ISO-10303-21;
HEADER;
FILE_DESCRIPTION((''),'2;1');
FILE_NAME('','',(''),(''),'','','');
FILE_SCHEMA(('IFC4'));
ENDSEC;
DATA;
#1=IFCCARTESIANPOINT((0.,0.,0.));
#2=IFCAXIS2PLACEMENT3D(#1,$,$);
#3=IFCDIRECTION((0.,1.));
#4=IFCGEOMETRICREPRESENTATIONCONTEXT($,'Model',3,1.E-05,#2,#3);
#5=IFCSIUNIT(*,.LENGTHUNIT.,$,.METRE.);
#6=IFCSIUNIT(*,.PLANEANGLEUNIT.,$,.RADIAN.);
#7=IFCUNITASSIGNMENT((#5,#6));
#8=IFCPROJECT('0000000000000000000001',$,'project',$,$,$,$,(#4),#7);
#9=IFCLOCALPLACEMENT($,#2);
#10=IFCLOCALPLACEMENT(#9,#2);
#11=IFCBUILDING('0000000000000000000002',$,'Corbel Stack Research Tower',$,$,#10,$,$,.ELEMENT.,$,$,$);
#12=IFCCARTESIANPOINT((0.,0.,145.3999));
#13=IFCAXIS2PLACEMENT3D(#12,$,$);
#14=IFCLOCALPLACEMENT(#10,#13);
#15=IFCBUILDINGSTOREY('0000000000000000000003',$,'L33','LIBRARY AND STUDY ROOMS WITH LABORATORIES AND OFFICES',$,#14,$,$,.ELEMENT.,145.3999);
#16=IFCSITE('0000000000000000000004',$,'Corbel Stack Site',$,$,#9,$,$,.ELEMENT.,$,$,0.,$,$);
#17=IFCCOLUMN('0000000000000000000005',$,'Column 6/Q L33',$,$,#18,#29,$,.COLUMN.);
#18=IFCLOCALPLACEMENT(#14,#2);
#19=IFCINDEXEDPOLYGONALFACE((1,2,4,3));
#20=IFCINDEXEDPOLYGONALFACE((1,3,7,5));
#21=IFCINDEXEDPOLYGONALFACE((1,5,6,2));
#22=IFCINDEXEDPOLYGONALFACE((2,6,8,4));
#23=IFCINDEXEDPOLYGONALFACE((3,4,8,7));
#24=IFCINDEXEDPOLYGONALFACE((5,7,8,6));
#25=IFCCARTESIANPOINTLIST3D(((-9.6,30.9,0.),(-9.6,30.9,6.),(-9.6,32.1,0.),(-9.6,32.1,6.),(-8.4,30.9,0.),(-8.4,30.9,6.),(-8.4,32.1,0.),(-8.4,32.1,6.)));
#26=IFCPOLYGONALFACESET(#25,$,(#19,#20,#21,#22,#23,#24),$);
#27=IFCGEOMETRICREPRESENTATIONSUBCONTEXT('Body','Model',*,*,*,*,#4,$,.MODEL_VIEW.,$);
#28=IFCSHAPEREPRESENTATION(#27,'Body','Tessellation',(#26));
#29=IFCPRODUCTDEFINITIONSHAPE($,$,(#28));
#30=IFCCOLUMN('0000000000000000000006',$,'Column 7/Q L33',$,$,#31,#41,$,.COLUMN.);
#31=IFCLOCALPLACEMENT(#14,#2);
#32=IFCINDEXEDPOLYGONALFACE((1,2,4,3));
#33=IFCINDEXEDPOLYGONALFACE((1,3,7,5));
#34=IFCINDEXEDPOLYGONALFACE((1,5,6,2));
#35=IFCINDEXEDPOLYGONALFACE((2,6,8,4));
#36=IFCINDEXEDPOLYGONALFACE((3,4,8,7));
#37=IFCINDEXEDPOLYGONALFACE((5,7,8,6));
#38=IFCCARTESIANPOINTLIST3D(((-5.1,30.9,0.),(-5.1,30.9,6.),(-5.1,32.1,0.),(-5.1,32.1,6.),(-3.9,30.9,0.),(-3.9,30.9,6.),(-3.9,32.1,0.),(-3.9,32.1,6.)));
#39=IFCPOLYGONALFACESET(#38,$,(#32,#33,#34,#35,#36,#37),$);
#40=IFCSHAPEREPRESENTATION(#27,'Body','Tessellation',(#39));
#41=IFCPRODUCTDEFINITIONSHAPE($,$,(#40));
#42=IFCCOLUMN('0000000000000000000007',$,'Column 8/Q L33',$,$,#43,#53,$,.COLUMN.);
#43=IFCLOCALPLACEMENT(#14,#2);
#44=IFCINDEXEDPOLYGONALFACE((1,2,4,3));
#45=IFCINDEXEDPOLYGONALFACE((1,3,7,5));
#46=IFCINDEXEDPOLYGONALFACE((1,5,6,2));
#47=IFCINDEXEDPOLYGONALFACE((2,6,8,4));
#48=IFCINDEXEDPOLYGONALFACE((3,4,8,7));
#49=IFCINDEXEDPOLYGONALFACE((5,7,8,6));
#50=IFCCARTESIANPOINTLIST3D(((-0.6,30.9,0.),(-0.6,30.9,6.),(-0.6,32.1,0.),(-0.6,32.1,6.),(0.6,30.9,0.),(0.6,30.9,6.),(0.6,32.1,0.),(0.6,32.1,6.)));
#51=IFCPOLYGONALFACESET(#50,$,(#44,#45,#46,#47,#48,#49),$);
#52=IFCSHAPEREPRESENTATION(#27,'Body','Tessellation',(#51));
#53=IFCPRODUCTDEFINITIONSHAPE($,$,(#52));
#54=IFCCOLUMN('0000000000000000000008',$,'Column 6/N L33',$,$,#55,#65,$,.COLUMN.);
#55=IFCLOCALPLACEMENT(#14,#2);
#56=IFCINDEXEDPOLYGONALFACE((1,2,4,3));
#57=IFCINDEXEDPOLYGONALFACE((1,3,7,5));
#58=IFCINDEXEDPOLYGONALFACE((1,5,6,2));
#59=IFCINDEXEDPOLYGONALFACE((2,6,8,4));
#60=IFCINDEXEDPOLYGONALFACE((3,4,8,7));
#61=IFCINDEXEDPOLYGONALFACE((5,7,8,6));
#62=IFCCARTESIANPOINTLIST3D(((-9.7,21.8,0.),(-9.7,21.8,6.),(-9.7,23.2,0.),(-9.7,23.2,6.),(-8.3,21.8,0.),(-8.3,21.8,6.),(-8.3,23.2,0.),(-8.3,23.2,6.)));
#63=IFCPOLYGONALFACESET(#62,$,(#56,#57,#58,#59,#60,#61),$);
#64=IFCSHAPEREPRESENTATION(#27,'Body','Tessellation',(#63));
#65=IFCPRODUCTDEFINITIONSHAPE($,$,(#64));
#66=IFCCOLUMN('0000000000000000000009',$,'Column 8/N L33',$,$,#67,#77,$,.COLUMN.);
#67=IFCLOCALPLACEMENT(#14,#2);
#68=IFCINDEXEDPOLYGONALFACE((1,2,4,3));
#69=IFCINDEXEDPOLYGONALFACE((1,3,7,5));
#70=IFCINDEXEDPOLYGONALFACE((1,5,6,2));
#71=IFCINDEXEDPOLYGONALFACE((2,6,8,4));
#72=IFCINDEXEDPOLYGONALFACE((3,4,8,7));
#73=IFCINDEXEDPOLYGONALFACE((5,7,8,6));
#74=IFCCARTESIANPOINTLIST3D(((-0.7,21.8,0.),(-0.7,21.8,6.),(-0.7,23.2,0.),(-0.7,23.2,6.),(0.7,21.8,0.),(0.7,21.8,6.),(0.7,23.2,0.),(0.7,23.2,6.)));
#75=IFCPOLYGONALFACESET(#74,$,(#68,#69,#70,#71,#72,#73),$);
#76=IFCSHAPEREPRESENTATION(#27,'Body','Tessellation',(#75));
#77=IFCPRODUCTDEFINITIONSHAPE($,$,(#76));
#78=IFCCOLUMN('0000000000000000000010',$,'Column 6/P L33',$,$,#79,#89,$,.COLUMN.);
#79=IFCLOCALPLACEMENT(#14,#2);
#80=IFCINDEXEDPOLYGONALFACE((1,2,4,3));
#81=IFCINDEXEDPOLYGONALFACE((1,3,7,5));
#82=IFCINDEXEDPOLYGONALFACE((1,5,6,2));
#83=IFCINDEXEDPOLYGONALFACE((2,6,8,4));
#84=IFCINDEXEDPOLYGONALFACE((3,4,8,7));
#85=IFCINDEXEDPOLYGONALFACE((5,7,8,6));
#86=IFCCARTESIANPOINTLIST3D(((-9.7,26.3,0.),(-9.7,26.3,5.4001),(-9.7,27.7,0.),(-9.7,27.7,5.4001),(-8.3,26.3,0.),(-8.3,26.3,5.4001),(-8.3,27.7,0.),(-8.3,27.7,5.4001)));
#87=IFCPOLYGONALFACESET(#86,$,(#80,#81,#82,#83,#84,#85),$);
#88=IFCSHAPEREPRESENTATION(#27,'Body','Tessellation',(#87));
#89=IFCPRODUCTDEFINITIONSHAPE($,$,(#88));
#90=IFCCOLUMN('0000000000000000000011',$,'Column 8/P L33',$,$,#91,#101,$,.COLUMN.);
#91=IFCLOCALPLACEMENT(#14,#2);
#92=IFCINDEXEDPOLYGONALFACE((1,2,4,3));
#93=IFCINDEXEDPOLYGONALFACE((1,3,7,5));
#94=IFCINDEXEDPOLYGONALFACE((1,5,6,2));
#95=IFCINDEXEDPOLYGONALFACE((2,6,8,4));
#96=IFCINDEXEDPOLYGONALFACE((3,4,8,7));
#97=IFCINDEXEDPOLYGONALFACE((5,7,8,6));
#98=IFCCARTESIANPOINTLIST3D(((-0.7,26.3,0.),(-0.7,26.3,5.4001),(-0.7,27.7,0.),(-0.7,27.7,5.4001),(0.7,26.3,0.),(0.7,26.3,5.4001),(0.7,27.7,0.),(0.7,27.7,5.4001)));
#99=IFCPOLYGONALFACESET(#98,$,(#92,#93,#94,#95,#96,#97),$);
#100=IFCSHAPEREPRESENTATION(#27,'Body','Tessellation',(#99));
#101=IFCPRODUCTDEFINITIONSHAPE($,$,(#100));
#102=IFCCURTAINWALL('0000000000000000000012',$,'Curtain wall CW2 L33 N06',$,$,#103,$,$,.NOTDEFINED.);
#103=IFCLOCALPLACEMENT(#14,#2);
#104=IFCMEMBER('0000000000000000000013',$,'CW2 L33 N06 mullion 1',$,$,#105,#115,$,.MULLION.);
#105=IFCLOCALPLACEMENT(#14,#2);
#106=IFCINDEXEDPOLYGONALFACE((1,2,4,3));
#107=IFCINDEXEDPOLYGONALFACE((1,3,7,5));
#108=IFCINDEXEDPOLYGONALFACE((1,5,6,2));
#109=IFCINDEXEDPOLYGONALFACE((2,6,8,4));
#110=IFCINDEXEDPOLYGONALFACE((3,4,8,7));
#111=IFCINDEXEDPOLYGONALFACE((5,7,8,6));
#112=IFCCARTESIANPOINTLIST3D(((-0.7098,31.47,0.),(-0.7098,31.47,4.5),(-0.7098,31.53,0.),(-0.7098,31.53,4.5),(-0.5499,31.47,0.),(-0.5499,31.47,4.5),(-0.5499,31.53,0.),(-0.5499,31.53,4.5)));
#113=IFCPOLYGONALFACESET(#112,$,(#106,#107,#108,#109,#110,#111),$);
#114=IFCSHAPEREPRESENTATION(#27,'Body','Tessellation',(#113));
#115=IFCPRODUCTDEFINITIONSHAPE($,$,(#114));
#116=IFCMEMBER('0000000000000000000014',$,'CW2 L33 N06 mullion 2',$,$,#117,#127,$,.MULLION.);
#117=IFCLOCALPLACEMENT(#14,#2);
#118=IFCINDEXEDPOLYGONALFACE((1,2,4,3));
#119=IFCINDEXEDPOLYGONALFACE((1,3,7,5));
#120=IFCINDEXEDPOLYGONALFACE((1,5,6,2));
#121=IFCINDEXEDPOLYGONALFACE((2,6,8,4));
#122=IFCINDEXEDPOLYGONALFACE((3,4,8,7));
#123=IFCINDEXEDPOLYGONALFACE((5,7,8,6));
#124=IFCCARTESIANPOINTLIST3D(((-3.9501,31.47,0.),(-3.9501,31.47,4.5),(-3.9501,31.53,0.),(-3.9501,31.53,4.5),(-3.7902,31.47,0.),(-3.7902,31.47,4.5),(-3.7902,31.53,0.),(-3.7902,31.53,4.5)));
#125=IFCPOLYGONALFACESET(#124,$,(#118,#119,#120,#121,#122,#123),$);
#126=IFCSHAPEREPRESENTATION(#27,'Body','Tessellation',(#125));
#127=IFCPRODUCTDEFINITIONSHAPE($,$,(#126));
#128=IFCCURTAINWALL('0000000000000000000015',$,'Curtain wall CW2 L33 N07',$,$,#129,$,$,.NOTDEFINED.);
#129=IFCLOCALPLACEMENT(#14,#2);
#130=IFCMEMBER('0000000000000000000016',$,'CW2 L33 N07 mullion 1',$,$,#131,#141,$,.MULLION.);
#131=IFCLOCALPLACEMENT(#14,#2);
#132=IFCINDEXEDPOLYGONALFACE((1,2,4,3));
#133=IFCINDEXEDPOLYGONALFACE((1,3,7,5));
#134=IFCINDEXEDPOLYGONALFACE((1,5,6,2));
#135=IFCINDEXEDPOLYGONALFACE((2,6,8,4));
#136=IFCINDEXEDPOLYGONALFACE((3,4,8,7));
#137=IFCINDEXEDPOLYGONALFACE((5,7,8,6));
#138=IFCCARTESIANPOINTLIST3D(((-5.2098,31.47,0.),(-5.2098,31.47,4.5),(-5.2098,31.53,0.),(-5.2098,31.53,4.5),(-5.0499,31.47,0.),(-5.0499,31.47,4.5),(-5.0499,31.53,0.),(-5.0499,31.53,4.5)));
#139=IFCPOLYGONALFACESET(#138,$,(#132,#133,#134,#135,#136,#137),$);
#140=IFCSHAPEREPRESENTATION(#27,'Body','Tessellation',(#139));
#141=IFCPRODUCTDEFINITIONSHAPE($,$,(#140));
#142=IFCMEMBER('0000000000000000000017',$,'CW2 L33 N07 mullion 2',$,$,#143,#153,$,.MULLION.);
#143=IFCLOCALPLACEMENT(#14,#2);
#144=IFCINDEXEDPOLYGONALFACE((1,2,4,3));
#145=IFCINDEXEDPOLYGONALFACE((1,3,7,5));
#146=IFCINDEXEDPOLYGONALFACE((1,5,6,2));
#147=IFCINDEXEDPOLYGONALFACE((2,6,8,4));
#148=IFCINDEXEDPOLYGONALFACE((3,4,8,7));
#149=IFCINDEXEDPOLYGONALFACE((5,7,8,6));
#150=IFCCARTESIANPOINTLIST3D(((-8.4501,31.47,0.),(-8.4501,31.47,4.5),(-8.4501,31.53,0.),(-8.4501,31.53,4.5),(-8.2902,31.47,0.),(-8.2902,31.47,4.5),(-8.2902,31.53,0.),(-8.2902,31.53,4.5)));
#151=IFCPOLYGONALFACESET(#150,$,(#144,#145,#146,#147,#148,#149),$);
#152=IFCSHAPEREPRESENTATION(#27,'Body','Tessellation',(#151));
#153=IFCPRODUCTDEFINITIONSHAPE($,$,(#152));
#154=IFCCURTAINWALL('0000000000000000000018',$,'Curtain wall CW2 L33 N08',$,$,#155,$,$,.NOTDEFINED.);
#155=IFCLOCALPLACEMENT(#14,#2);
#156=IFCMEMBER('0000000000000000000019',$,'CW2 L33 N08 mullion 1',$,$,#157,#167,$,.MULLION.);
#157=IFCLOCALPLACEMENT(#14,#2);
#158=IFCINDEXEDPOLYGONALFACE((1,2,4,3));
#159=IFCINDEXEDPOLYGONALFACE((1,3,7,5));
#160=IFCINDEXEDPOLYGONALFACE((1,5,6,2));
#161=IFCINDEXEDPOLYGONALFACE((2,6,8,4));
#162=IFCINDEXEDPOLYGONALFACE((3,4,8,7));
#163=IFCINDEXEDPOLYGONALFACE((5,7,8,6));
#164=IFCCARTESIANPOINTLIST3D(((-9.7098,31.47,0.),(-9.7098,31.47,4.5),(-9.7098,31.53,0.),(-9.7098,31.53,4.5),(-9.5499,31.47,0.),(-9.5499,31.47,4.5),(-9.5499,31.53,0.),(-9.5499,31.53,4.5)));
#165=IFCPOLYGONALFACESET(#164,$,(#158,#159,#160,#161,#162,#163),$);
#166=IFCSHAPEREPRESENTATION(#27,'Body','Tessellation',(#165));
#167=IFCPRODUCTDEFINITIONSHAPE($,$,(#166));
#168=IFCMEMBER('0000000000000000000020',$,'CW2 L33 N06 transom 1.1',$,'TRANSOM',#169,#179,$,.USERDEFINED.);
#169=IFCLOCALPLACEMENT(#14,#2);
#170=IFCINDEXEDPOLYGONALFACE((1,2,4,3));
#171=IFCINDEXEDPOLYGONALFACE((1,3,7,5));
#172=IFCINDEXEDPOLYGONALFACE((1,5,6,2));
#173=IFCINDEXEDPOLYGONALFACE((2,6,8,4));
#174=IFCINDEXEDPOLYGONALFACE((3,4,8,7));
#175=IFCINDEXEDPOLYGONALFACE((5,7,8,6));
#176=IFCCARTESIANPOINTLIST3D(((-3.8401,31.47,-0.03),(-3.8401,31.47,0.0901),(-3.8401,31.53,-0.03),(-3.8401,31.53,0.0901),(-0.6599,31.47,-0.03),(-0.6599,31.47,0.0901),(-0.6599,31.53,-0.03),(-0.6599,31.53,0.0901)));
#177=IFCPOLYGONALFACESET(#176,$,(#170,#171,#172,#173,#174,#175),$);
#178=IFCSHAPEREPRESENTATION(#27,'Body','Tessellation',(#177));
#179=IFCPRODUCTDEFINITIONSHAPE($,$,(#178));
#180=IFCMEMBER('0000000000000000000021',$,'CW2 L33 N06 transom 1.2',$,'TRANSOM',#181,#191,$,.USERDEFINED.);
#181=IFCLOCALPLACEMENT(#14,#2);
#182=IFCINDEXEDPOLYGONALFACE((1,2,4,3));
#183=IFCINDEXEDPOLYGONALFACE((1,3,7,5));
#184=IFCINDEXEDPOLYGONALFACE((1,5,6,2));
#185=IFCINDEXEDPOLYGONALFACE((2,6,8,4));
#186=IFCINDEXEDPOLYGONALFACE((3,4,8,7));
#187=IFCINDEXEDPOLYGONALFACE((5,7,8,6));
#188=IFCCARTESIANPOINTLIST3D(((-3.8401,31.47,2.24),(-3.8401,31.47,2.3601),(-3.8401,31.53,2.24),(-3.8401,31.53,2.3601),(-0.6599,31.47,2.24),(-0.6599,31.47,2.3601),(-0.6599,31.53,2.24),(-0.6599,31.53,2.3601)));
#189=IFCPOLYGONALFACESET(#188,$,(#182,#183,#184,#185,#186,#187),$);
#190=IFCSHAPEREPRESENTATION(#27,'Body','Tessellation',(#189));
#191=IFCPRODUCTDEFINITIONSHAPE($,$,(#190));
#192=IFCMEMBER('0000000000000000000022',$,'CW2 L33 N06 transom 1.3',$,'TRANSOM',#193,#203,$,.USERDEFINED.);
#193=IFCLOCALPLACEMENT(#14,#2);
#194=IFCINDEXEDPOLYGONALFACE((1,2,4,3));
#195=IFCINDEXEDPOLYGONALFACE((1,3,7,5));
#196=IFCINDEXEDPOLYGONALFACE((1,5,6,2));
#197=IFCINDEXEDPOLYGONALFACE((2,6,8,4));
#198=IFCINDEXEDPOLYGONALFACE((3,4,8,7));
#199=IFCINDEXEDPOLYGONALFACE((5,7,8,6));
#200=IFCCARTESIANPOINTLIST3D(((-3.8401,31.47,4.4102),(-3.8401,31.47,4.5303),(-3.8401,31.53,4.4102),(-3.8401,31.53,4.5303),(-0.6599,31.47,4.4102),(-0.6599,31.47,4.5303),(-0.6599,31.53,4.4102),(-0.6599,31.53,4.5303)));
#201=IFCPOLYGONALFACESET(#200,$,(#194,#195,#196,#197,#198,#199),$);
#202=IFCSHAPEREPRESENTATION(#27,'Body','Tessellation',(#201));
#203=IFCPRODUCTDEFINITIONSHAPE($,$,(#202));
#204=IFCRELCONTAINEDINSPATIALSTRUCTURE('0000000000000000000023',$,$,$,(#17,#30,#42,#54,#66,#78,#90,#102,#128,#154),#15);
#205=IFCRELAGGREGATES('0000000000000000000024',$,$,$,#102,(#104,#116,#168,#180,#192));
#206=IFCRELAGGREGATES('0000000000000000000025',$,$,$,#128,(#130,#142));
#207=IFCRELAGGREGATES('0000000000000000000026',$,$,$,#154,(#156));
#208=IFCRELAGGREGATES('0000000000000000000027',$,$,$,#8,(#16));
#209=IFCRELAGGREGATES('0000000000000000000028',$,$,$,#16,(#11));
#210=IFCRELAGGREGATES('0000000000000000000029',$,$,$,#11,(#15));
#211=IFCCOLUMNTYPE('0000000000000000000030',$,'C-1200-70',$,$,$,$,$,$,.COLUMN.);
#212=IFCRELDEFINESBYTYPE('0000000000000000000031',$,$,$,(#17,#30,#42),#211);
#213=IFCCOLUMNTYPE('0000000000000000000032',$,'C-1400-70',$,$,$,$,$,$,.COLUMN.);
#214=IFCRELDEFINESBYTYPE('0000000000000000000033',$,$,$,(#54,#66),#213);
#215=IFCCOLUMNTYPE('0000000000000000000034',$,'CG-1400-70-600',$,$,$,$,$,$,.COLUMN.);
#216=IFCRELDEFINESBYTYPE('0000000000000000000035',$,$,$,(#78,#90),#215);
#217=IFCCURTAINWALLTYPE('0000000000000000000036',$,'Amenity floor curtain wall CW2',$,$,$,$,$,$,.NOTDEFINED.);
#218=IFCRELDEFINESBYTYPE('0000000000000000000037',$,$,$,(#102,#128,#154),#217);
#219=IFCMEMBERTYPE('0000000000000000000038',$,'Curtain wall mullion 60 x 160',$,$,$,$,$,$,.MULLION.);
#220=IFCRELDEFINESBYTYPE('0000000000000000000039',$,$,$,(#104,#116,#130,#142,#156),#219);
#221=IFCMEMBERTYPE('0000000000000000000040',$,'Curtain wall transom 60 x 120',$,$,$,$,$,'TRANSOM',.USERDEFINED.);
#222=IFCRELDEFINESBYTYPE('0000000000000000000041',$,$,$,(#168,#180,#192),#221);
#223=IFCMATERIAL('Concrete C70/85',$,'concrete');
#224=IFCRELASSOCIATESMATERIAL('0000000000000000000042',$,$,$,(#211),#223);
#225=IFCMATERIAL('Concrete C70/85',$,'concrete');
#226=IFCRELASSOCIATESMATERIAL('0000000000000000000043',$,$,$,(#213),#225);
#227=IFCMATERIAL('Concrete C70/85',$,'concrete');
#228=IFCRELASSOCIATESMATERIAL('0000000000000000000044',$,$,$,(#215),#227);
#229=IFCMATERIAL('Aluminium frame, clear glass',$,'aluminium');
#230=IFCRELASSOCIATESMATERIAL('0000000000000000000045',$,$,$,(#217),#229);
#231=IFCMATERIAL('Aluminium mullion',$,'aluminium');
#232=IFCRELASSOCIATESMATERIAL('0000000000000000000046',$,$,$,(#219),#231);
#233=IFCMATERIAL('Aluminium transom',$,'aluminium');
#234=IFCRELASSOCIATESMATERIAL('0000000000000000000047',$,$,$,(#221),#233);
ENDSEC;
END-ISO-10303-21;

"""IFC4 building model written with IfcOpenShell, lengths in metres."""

from ifc_helpers import new_model, si_unit, direction, frame, origin, origin_2d, place, context, subcontext, project, spatial, rectangle, extrude, material, material_profile, profile_set, type_object, element, aggregate, save


model = new_model("IFC4")

# Units and contexts
model_context = context("Model", 3, precision=1e-05, world=origin(), true_north=direction((0.0, 1.0)))
body_context = subcontext(model_context, "Body", "Model", "MODEL_VIEW")
ifc_project = project(units=[si_unit("LENGTHUNIT", "METRE"), si_unit("PLANEANGLEUNIT", "RADIAN")], contexts=[model_context])

# Site, building, storey
site_placement = place(None, origin())
site = spatial("IfcSite", under=ifc_project, at=site_placement, Name="Corbel Stack Site", CompositionType="ELEMENT", RefElevation=0.0)
building_placement = place(site_placement, origin())
building = spatial("IfcBuilding", under=site, at=building_placement, Name="Corbel Stack Research Tower", CompositionType="ELEMENT")
storey_placement = place(building_placement, frame((0.0, 0.0, 145.3999)))
storey = spatial("IfcBuildingStorey", under=building, at=storey_placement, Name="L33", Description="LIBRARY AND STUDY ROOMS WITH LABORATORIES AND OFFICES", CompositionType="ELEMENT", Elevation=145.3999)

# Columns
ifc_material_1 = material(Name="Concrete C70/85", Category="concrete")
ifc_material_profile_1 = material_profile(ifc_material_1, rectangle(XDim=1.2, YDim=1.2, at=origin_2d()), Name="RC 1200 x 1200")
ifc_profile_set_1 = profile_set([ifc_material_profile_1], Name="Concrete C70/85")
column_type_1 = type_object("IfcColumnType", Name="C-1200-70", PredefinedType="COLUMN", material=ifc_profile_set_1)
for number, where, z_axis, x_axis, name in (
    (1, (-9.0, 31.5, 0.0), (0.0, 0.0, 1.0), (1.0, 0.0, 0.0), "Column 6/Q L33"),
    (2, (-4.5, 31.5, 0.0), (0.0, 0.0, 1.0), (1.0, 0.0, 0.0), "Column 7/Q L33"),
    (3, (0.0, 31.5, 0.0), (0.0, 0.0, 1.0), (1.0, 0.0, 0.0), "Column 8/Q L33"),
):
    element("IfcColumn", number, at=place(storey_placement, frame(where, z_axis=z_axis, x_axis=x_axis)), inside=storey, type_object=column_type_1, Name=name, PredefinedType="COLUMN", context=body_context, shape_type="SweptSolid", body=[
        extrude(rectangle(XDim=1.2, YDim=1.2, at=origin_2d()), origin(), (0.0, 0.0, 1.0), 6.0),
    ])
ifc_material_2 = material(Name="Concrete C70/85", Category="concrete")
ifc_material_profile_2 = material_profile(ifc_material_2, rectangle(XDim=1.3999, YDim=1.3999, at=origin_2d()), Name="RC 1400 x 1400")
ifc_profile_set_2 = profile_set([ifc_material_profile_2], Name="Concrete C70/85")
column_type_2 = type_object("IfcColumnType", Name="C-1400-70", PredefinedType="COLUMN", material=ifc_profile_set_2)
for number, where, z_axis, x_axis, name in (
    (4, (-9.0, 22.5, 0.0), (0.0, 0.0, 1.0), (1.0, 0.0, 0.0), "Column 6/N L33"),
    (5, (0.0, 22.5, 0.0), (0.0, 0.0, 1.0), (1.0, 0.0, 0.0), "Column 8/N L33"),
):
    element("IfcColumn", number, at=place(storey_placement, frame(where, z_axis=z_axis, x_axis=x_axis)), inside=storey, type_object=column_type_2, Name=name, PredefinedType="COLUMN", context=body_context, shape_type="SweptSolid", body=[
        extrude(rectangle(XDim=1.3999, YDim=1.3999, at=origin_2d()), origin(), (0.0, 0.0, 1.0), 6.0),
    ])
ifc_material_3 = material(Name="Concrete C70/85", Category="concrete")
ifc_material_profile_3 = material_profile(ifc_material_3, rectangle(XDim=1.3999, YDim=1.3999, at=origin_2d()), Name="RC 1400 x 1400")
ifc_profile_set_3 = profile_set([ifc_material_profile_3], Name="Concrete C70/85")
column_type_3 = type_object("IfcColumnType", Name="CG-1400-70-600", PredefinedType="COLUMN", material=ifc_profile_set_3)
for number, where, z_axis, x_axis, name in (
    (6, (-9.0, 27.0, 0.0), (0.0, 0.0, 1.0), (1.0, 0.0, 0.0), "Column 6/P L33"),
    (7, (0.0, 27.0, 0.0), (0.0, 0.0, 1.0), (1.0, 0.0, 0.0), "Column 8/P L33"),
):
    element("IfcColumn", number, at=place(storey_placement, frame(where, z_axis=z_axis, x_axis=x_axis)), inside=storey, type_object=column_type_3, Name=name, PredefinedType="COLUMN", context=body_context, shape_type="SweptSolid", body=[
        extrude(rectangle(XDim=1.3999, YDim=1.3999, at=origin_2d()), origin(), (0.0, 0.0, 1.0), 5.4001),
    ])

# Curtain walls, members
ifc_material_4 = material(Name="Aluminium frame, clear glass", Category="aluminium")
curtain_wall_type = type_object("IfcCurtainWallType", Name="Amenity floor curtain wall CW2", PredefinedType="NOTDEFINED", material=ifc_material_4)
curtain_wall_1_placement = place(storey_placement, origin())
curtain_wall_1 = element("IfcCurtainWall", 8, at=curtain_wall_1_placement, inside=storey, type_object=curtain_wall_type, Name="Curtain wall CW2 L33 N06", PredefinedType="NOTDEFINED")
ifc_material_5 = material(Name="Aluminium mullion", Category="aluminium")
ifc_material_profile_4 = material_profile(ifc_material_5, rectangle(XDim=0.0601, YDim=0.1599, at=origin_2d()), Name="Mullion 60 x 160")
ifc_profile_set_4 = profile_set([ifc_material_profile_4], Name="Aluminium mullion")
member_type_1 = type_object("IfcMemberType", Name="Curtain wall mullion 60 x 160", PredefinedType="MULLION", material=ifc_profile_set_4)
member_1_placement = place(storey_placement, frame((-0.6299, 31.5, 0.0), z_axis=(0.0, 0.0, 1.0), x_axis=(0.0, -1.0, 0.0)))
member_1 = element("IfcMember", 9, at=member_1_placement, type_object=member_type_1, Name="CW2 L33 N06 mullion 1", PredefinedType="MULLION", context=body_context, shape_type="SweptSolid", body=[
    extrude(rectangle(XDim=0.0601, YDim=0.1599, at=origin_2d()), origin(), (0.0, 0.0, 1.0), 4.5),
])
member_2_placement = place(storey_placement, frame((-3.8701, 31.5, 0.0), z_axis=(0.0, 0.0, 1.0), x_axis=(0.0, -1.0, 0.0)))
member_2 = element("IfcMember", 10, at=member_2_placement, type_object=member_type_1, Name="CW2 L33 N06 mullion 2", PredefinedType="MULLION", context=body_context, shape_type="SweptSolid", body=[
    extrude(rectangle(XDim=0.0601, YDim=0.1599, at=origin_2d()), origin(), (0.0, 0.0, 1.0), 4.5),
])
curtain_wall_2_placement = place(storey_placement, origin())
curtain_wall_2 = element("IfcCurtainWall", 11, at=curtain_wall_2_placement, inside=storey, type_object=curtain_wall_type, Name="Curtain wall CW2 L33 N07", PredefinedType="NOTDEFINED")
member_3_placement = place(storey_placement, frame((-5.1299, 31.5, 0.0), z_axis=(0.0, 0.0, 1.0), x_axis=(0.0, -1.0, 0.0)))
member_3 = element("IfcMember", 12, at=member_3_placement, type_object=member_type_1, Name="CW2 L33 N07 mullion 1", PredefinedType="MULLION", context=body_context, shape_type="SweptSolid", body=[
    extrude(rectangle(XDim=0.0601, YDim=0.1599, at=origin_2d()), origin(), (0.0, 0.0, 1.0), 4.5),
])
member_4_placement = place(storey_placement, frame((-8.3701, 31.5, 0.0), z_axis=(0.0, 0.0, 1.0), x_axis=(0.0, -1.0, 0.0)))
member_4 = element("IfcMember", 13, at=member_4_placement, type_object=member_type_1, Name="CW2 L33 N07 mullion 2", PredefinedType="MULLION", context=body_context, shape_type="SweptSolid", body=[
    extrude(rectangle(XDim=0.0601, YDim=0.1599, at=origin_2d()), origin(), (0.0, 0.0, 1.0), 4.5),
])

# Curtain wall, member
curtain_wall_3_placement = place(storey_placement, origin())
curtain_wall_3 = element("IfcCurtainWall", 14, at=curtain_wall_3_placement, inside=storey, type_object=curtain_wall_type, Name="Curtain wall CW2 L33 N08", PredefinedType="NOTDEFINED")
member_5_placement = place(storey_placement, frame((-9.6299, 31.5, 0.0), z_axis=(0.0, 0.0, 1.0), x_axis=(0.0, -1.0, 0.0)))
member_5 = element("IfcMember", 15, at=member_5_placement, type_object=member_type_1, Name="CW2 L33 N08 mullion 1", PredefinedType="MULLION", context=body_context, shape_type="SweptSolid", body=[
    extrude(rectangle(XDim=0.0601, YDim=0.1599, at=origin_2d()), origin(), (0.0, 0.0, 1.0), 4.5),
])

# Members
ifc_material_6 = material(Name="Aluminium transom", Category="aluminium")
ifc_material_profile_5 = material_profile(ifc_material_6, rectangle(XDim=0.0601, YDim=0.1201, at=origin_2d()), Name="Transom 60 x 120")
ifc_profile_set_5 = profile_set([ifc_material_profile_5], Name="Aluminium transom")
member_type_2 = type_object("IfcMemberType", Name="Curtain wall transom 60 x 120", ElementType="TRANSOM", PredefinedType="USERDEFINED", material=ifc_profile_set_5)
member_6_placement = place(storey_placement, frame((-0.6599, 31.5, 0.03), z_axis=(-1.0, 0.0, 0.0), x_axis=(0.0, -1.0, 0.0)))
member_6 = element("IfcMember", 16, at=member_6_placement, type_object=member_type_2, Name="CW2 L33 N06 transom 1.1", ObjectType="TRANSOM", PredefinedType="USERDEFINED", context=body_context, shape_type="SweptSolid", body=[
    extrude(rectangle(XDim=0.0601, YDim=0.1201, at=origin_2d()), origin(), (0.0, 0.0, 1.0), 3.1802),
])
member_7_placement = place(storey_placement, frame((-0.6599, 31.5, 2.3), z_axis=(-1.0, 0.0, 0.0), x_axis=(0.0, -1.0, 0.0)))
member_7 = element("IfcMember", 17, at=member_7_placement, type_object=member_type_2, Name="CW2 L33 N06 transom 1.2", ObjectType="TRANSOM", PredefinedType="USERDEFINED", context=body_context, shape_type="SweptSolid", body=[
    extrude(rectangle(XDim=0.0601, YDim=0.1201, at=origin_2d()), origin(), (0.0, 0.0, 1.0), 3.1802),
])
member_8_placement = place(storey_placement, frame((-0.6599, 31.5, 4.4702), z_axis=(-1.0, 0.0, 0.0), x_axis=(0.0, -1.0, 0.0)))
member_8 = element("IfcMember", 18, at=member_8_placement, type_object=member_type_2, Name="CW2 L33 N06 transom 1.3", ObjectType="TRANSOM", PredefinedType="USERDEFINED", context=body_context, shape_type="SweptSolid", body=[
    extrude(rectangle(XDim=0.0601, YDim=0.1201, at=origin_2d()), origin(), (0.0, 0.0, 1.0), 3.1802),
])

aggregate(curtain_wall_1, [member_1, member_2, member_6, member_7, member_8])
aggregate(curtain_wall_2, [member_3, member_4])
aggregate(curtain_wall_3, [member_5])

save(model, "model.ifc")
